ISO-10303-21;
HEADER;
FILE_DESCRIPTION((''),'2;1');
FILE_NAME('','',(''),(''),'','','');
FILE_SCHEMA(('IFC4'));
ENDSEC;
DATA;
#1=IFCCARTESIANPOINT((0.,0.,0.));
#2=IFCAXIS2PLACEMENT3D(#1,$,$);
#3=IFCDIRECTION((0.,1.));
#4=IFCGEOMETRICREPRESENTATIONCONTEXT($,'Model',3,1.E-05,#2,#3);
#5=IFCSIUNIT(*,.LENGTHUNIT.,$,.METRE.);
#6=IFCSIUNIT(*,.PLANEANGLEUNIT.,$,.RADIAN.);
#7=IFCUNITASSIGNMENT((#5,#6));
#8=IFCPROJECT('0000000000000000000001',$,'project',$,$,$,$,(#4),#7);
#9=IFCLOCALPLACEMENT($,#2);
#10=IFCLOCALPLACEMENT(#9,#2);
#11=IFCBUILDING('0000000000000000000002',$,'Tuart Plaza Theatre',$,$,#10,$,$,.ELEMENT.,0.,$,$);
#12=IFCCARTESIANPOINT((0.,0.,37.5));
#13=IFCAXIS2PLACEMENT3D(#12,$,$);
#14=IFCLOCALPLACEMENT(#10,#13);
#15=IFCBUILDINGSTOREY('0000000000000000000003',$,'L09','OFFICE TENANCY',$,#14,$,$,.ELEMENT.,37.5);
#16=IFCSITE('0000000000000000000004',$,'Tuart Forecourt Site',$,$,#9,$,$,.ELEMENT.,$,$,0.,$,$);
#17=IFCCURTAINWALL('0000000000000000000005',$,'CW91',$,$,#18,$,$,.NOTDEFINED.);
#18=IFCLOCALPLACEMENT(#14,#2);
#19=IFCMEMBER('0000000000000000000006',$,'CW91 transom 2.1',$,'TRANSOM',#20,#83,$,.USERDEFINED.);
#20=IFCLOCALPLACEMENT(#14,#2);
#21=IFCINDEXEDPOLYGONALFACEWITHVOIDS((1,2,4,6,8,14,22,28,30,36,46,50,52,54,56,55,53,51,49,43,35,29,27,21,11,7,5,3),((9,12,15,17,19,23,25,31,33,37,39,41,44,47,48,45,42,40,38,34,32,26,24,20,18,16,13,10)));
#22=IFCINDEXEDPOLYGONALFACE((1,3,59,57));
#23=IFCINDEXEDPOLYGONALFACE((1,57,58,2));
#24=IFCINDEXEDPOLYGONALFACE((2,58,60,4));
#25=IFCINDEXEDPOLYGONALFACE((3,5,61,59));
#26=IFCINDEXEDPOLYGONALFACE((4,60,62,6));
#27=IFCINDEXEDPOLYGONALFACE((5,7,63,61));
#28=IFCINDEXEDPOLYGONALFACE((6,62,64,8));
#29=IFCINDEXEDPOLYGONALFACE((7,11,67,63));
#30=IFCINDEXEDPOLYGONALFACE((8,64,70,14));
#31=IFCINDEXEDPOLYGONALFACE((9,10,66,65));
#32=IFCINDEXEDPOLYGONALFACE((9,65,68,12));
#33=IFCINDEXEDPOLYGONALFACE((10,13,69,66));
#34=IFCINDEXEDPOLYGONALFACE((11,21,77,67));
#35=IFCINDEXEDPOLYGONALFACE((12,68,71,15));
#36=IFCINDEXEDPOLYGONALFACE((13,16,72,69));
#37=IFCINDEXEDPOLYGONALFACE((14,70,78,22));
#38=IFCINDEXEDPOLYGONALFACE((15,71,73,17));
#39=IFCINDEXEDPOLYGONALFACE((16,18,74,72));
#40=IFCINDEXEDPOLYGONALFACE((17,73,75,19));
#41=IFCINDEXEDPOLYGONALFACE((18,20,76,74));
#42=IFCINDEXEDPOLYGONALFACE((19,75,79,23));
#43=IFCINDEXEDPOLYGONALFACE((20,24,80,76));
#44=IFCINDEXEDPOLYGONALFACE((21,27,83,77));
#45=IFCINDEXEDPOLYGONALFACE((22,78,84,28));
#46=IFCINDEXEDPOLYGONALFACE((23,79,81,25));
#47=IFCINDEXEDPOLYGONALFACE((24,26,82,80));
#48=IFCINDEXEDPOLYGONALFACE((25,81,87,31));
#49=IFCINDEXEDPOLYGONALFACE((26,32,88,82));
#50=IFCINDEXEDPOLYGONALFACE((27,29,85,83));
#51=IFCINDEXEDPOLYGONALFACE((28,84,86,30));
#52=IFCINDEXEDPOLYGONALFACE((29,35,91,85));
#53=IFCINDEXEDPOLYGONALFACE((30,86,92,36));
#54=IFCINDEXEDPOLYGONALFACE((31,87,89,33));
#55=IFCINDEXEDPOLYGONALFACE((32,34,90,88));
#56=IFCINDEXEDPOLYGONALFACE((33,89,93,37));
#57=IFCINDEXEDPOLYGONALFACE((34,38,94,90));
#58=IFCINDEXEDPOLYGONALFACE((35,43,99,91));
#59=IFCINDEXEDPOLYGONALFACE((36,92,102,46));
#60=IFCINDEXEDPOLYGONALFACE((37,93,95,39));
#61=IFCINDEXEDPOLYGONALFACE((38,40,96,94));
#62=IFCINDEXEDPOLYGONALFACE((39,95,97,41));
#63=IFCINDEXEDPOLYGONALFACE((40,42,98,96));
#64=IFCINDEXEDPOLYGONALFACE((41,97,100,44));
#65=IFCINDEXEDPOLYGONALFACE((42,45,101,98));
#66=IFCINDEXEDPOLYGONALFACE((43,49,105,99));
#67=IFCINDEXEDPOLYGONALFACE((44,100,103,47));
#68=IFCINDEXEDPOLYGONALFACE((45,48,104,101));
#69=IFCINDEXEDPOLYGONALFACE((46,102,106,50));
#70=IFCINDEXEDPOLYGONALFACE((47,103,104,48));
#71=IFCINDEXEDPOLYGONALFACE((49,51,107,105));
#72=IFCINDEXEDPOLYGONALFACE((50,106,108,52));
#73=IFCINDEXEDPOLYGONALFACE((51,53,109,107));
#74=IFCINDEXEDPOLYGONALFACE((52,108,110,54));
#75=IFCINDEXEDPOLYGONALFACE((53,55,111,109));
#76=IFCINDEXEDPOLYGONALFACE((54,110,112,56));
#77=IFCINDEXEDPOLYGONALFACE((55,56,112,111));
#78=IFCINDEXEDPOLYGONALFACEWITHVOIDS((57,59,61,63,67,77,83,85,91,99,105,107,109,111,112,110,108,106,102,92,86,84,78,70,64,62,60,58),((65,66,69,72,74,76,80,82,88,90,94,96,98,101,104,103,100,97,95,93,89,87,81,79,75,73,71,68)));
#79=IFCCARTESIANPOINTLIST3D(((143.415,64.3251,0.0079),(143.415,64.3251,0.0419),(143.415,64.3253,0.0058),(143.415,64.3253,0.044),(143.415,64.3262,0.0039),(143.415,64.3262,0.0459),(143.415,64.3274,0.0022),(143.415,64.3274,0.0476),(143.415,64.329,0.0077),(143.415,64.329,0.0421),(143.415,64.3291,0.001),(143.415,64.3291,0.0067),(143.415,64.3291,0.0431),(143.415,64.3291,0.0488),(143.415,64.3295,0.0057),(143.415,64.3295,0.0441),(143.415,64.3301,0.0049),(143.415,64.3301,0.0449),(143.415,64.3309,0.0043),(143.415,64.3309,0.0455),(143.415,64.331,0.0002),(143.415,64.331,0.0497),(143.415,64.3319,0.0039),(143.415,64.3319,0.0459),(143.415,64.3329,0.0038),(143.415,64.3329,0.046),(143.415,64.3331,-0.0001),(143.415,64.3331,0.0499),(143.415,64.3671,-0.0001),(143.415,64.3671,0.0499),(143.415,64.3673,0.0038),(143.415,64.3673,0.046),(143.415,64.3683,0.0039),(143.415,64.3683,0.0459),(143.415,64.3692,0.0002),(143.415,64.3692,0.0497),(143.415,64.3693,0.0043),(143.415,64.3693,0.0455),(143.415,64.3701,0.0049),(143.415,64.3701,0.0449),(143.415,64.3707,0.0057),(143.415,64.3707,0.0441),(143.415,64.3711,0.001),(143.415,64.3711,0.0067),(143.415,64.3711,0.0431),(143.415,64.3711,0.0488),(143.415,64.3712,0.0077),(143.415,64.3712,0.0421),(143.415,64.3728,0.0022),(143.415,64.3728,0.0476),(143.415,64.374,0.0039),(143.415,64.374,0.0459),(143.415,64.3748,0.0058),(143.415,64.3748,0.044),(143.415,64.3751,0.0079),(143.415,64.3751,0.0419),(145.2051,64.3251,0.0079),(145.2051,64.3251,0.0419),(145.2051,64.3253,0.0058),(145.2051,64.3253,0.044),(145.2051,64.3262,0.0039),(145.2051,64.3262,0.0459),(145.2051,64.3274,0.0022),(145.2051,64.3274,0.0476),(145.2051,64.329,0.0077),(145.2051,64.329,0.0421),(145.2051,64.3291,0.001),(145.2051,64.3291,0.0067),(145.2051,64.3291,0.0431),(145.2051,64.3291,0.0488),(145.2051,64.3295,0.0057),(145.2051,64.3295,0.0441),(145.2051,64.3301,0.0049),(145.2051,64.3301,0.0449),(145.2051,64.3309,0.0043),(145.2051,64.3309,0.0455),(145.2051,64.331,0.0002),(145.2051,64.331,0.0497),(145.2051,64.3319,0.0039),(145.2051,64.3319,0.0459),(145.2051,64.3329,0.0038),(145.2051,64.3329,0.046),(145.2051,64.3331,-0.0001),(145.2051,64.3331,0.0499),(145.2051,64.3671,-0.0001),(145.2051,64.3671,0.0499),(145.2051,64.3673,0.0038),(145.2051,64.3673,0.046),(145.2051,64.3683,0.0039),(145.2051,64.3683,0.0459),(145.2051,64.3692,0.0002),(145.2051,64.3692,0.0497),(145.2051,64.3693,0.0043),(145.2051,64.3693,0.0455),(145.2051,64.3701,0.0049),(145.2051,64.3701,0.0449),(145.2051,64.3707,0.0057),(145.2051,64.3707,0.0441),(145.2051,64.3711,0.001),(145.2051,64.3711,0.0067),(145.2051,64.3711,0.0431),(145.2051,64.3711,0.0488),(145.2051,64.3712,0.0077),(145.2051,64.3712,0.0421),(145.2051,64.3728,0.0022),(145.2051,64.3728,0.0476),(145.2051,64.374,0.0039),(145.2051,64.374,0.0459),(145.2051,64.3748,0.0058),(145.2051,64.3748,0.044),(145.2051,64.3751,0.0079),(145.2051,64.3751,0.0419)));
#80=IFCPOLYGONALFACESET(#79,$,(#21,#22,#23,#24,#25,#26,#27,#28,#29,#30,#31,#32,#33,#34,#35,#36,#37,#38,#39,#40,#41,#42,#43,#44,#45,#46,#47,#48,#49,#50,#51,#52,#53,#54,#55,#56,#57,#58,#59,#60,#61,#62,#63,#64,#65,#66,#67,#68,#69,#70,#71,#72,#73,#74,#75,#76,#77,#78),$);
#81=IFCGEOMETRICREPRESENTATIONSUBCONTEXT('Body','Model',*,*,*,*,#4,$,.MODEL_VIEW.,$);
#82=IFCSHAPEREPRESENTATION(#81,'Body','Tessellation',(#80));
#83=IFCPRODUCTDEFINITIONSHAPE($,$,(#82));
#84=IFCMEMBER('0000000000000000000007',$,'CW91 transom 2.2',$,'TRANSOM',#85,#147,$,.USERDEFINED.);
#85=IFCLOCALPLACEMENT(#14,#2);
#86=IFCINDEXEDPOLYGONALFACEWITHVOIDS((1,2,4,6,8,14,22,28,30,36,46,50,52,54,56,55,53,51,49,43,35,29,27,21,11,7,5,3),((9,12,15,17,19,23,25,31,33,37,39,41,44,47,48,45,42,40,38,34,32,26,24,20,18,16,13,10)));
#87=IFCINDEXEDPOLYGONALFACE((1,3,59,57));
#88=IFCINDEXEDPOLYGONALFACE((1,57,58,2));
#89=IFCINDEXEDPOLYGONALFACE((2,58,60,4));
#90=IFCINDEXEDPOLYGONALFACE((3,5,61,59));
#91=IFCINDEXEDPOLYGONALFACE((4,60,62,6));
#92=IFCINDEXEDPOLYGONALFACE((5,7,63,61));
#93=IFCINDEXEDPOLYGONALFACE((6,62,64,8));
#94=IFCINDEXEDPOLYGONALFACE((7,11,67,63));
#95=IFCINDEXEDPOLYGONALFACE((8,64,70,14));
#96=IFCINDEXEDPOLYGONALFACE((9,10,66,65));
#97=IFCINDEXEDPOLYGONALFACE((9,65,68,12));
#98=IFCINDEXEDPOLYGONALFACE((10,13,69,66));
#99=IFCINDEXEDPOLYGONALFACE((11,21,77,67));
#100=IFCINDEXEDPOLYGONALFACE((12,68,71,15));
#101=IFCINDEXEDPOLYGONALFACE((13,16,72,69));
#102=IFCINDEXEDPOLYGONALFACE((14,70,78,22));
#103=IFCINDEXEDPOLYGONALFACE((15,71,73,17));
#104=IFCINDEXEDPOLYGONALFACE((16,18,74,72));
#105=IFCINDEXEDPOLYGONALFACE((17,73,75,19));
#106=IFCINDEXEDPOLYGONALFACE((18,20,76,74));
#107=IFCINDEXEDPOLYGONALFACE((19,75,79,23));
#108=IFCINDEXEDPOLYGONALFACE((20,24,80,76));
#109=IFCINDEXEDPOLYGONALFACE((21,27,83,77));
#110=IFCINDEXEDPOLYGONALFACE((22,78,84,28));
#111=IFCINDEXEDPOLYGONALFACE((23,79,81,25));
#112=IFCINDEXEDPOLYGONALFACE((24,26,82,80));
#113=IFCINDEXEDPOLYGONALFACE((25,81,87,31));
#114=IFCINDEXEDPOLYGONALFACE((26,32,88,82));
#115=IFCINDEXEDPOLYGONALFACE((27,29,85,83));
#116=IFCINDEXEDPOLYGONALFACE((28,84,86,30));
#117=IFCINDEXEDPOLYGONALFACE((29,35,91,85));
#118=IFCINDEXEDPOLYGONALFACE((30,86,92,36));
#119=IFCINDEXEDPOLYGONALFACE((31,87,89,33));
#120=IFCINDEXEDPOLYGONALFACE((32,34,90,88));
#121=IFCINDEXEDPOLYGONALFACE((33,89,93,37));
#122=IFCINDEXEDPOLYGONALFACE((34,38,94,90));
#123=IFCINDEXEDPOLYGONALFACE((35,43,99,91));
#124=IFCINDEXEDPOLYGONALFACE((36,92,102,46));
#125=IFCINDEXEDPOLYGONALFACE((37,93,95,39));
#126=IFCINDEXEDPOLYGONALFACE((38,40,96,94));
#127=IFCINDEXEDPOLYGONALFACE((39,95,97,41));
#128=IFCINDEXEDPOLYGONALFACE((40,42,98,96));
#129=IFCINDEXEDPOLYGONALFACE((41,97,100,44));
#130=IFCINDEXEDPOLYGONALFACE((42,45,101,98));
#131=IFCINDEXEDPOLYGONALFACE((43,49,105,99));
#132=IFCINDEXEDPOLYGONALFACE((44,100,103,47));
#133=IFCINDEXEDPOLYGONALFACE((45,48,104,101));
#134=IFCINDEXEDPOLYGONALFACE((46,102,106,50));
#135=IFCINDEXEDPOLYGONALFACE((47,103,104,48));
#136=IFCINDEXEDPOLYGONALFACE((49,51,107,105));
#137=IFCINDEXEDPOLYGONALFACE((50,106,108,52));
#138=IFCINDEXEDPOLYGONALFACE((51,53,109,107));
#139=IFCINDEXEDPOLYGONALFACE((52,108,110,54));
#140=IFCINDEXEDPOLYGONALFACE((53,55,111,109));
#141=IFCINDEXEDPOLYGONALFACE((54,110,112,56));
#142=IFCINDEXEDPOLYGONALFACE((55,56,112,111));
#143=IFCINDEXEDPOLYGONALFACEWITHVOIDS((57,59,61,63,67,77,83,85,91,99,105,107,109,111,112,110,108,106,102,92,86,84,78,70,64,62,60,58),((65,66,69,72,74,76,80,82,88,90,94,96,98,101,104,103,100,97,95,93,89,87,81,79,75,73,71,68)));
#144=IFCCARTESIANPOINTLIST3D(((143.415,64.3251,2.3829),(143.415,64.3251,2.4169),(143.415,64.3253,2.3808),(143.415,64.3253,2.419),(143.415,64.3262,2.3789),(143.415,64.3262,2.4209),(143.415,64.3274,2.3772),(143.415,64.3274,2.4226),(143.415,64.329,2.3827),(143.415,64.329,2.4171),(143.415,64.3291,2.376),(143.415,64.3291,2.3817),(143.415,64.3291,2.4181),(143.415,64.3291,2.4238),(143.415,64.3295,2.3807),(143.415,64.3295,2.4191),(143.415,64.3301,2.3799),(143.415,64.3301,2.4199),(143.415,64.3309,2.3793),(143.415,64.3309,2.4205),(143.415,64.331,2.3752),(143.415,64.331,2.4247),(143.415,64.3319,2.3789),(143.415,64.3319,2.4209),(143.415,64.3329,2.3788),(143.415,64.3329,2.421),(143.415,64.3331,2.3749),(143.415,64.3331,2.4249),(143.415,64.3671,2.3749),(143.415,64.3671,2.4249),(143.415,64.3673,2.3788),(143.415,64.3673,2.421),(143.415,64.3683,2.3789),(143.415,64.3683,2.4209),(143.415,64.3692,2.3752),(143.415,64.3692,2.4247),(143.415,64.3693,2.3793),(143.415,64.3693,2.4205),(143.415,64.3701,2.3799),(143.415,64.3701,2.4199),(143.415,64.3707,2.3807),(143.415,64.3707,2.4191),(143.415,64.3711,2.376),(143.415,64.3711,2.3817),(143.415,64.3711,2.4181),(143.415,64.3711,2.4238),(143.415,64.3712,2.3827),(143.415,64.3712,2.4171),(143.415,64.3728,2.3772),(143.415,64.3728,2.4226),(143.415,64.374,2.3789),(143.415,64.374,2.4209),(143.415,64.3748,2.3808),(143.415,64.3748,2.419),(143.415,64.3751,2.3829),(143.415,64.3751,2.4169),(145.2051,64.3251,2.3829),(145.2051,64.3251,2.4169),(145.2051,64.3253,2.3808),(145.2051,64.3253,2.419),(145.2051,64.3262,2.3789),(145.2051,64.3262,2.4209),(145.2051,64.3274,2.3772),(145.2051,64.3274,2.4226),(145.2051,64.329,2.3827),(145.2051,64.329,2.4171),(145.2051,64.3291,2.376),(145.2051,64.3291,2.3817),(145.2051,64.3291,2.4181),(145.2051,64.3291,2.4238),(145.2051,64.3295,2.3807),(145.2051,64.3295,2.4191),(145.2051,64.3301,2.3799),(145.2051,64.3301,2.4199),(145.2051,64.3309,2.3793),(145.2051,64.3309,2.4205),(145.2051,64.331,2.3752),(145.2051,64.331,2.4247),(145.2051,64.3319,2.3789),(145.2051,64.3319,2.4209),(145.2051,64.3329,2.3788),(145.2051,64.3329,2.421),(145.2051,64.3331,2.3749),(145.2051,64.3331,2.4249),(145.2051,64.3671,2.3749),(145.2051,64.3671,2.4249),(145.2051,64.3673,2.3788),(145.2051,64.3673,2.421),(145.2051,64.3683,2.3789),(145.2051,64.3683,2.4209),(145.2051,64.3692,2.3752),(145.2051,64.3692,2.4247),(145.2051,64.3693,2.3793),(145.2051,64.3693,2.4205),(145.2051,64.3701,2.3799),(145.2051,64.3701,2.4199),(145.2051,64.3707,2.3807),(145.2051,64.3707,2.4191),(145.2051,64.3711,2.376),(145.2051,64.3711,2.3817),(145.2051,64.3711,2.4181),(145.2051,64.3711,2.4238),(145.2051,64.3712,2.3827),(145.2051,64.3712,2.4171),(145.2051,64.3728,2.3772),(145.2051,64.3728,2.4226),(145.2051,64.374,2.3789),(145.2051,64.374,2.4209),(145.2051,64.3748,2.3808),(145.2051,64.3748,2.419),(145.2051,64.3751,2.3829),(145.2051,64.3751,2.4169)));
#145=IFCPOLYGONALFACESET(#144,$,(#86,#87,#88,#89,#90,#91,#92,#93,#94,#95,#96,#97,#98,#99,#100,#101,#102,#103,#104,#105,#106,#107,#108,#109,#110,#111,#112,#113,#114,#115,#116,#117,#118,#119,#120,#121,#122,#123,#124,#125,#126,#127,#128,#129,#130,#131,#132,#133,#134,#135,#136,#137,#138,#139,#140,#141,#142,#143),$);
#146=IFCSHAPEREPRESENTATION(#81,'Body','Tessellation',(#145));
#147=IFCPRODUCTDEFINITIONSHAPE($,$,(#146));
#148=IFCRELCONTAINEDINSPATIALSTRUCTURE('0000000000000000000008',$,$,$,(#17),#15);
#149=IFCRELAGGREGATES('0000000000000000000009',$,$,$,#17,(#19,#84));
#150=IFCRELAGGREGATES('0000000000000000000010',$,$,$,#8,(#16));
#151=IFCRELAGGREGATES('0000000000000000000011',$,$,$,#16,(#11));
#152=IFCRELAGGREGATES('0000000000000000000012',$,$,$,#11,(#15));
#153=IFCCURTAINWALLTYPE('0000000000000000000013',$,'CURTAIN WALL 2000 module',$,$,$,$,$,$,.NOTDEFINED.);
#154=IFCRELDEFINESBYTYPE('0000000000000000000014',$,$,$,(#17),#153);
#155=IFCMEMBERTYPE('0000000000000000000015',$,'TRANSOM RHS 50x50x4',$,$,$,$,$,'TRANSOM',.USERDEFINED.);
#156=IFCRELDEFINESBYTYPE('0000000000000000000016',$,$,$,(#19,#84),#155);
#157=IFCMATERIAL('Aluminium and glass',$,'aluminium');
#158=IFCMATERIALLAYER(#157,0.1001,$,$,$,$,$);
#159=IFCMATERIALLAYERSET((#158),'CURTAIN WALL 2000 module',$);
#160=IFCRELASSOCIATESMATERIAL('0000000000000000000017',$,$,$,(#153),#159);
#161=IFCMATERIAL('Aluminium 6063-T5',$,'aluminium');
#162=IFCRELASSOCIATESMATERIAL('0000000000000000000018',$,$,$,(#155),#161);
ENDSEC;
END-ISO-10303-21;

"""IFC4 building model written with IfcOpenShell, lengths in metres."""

from ifc_helpers import new_model, si_unit, direction, frame, origin, origin_2d, place, context, subcontext, project, spatial, hollow_rectangle, extrude, material, layer, layer_set, material_profile, profile_set, type_object, element, aggregate, save


model = new_model("IFC4")

# Units and contexts
model_context = context("Model", 3, precision=1e-05, world=origin(), true_north=direction((0.0, 1.0)))
body_context = subcontext(model_context, "Body", "Model", "MODEL_VIEW")
ifc_project = project(units=[si_unit("LENGTHUNIT", "METRE"), si_unit("PLANEANGLEUNIT", "RADIAN")], contexts=[model_context])

# Site, building, storey
site_placement = place(None, origin())
site = spatial("IfcSite", under=ifc_project, at=site_placement, Name="Tuart Forecourt Site", CompositionType="ELEMENT", RefElevation=0.0)
building_placement = place(site_placement, origin())
building = spatial("IfcBuilding", under=site, at=building_placement, Name="Tuart Plaza Theatre", CompositionType="ELEMENT", ElevationOfRefHeight=0.0)
storey_placement = place(building_placement, frame((0.0, 0.0, 37.5)))
storey = spatial("IfcBuildingStorey", under=building, at=storey_placement, Name="L09", Description="OFFICE TENANCY", CompositionType="ELEMENT", Elevation=37.5)

# Curtain wall, members
ifc_material_1 = material(Name="Aluminium and glass", Category="aluminium")
ifc_layer_1 = layer(ifc_material_1, 0.1001)
ifc_layer_set_1 = layer_set([ifc_layer_1], Name="CURTAIN WALL 2000 module")
curtain_wall_type = type_object("IfcCurtainWallType", Name="CURTAIN WALL 2000 module", PredefinedType="NOTDEFINED", material=ifc_layer_set_1)
curtain_wall_placement = place(storey_placement, origin())
curtain_wall = element("IfcCurtainWall", 1, at=curtain_wall_placement, inside=storey, type_object=curtain_wall_type, Name="CW91", PredefinedType="NOTDEFINED")
ifc_material_2 = material(Name="Aluminium 6063-T5", Category="aluminium")
ifc_material_profile_1 = material_profile(ifc_material_2, hollow_rectangle(XDim=0.05, YDim=0.05, WallThickness=0.0039, InnerFilletRadius=0.0039, OuterFilletRadius=0.0081, at=origin_2d()), Name="RHS 50x50x4")
ifc_profile_set_1 = profile_set([ifc_material_profile_1], Name="Aluminium 6063-T5")
member_type_1 = type_object("IfcMemberType", Name="TRANSOM RHS 50x50x4", ElementType="TRANSOM", PredefinedType="USERDEFINED", material=ifc_profile_set_1)
member_1_placement = place(storey_placement, frame((143.415, 64.3501, 0.0249), z_axis=(1.0, 0.0, 0.0), x_axis=(0.0, 1.0, 0.0)))
member_1 = element("IfcMember", 2, at=member_1_placement, type_object=member_type_1, Name="CW91 transom 2.1", ObjectType="TRANSOM", PredefinedType="USERDEFINED", context=body_context, shape_type="SweptSolid", body=[
    extrude(hollow_rectangle(XDim=0.05, YDim=0.05, WallThickness=0.0039, InnerFilletRadius=0.0039, OuterFilletRadius=0.0081, at=origin_2d()), origin(), (0.0, 0.0, 1.0), 1.79),
])
member_2_placement = place(storey_placement, frame((143.415, 64.3501, 2.3999), z_axis=(1.0, 0.0, 0.0), x_axis=(0.0, 1.0, 0.0)))
member_2 = element("IfcMember", 3, at=member_2_placement, type_object=member_type_1, Name="CW91 transom 2.2", ObjectType="TRANSOM", PredefinedType="USERDEFINED", context=body_context, shape_type="SweptSolid", body=[
    extrude(hollow_rectangle(XDim=0.05, YDim=0.05, WallThickness=0.0039, InnerFilletRadius=0.0039, OuterFilletRadius=0.0081, at=origin_2d()), origin(), (0.0, 0.0, 1.0), 1.79),
])
aggregate(curtain_wall, [member_1, member_2])

save(model, "model.ifc")
